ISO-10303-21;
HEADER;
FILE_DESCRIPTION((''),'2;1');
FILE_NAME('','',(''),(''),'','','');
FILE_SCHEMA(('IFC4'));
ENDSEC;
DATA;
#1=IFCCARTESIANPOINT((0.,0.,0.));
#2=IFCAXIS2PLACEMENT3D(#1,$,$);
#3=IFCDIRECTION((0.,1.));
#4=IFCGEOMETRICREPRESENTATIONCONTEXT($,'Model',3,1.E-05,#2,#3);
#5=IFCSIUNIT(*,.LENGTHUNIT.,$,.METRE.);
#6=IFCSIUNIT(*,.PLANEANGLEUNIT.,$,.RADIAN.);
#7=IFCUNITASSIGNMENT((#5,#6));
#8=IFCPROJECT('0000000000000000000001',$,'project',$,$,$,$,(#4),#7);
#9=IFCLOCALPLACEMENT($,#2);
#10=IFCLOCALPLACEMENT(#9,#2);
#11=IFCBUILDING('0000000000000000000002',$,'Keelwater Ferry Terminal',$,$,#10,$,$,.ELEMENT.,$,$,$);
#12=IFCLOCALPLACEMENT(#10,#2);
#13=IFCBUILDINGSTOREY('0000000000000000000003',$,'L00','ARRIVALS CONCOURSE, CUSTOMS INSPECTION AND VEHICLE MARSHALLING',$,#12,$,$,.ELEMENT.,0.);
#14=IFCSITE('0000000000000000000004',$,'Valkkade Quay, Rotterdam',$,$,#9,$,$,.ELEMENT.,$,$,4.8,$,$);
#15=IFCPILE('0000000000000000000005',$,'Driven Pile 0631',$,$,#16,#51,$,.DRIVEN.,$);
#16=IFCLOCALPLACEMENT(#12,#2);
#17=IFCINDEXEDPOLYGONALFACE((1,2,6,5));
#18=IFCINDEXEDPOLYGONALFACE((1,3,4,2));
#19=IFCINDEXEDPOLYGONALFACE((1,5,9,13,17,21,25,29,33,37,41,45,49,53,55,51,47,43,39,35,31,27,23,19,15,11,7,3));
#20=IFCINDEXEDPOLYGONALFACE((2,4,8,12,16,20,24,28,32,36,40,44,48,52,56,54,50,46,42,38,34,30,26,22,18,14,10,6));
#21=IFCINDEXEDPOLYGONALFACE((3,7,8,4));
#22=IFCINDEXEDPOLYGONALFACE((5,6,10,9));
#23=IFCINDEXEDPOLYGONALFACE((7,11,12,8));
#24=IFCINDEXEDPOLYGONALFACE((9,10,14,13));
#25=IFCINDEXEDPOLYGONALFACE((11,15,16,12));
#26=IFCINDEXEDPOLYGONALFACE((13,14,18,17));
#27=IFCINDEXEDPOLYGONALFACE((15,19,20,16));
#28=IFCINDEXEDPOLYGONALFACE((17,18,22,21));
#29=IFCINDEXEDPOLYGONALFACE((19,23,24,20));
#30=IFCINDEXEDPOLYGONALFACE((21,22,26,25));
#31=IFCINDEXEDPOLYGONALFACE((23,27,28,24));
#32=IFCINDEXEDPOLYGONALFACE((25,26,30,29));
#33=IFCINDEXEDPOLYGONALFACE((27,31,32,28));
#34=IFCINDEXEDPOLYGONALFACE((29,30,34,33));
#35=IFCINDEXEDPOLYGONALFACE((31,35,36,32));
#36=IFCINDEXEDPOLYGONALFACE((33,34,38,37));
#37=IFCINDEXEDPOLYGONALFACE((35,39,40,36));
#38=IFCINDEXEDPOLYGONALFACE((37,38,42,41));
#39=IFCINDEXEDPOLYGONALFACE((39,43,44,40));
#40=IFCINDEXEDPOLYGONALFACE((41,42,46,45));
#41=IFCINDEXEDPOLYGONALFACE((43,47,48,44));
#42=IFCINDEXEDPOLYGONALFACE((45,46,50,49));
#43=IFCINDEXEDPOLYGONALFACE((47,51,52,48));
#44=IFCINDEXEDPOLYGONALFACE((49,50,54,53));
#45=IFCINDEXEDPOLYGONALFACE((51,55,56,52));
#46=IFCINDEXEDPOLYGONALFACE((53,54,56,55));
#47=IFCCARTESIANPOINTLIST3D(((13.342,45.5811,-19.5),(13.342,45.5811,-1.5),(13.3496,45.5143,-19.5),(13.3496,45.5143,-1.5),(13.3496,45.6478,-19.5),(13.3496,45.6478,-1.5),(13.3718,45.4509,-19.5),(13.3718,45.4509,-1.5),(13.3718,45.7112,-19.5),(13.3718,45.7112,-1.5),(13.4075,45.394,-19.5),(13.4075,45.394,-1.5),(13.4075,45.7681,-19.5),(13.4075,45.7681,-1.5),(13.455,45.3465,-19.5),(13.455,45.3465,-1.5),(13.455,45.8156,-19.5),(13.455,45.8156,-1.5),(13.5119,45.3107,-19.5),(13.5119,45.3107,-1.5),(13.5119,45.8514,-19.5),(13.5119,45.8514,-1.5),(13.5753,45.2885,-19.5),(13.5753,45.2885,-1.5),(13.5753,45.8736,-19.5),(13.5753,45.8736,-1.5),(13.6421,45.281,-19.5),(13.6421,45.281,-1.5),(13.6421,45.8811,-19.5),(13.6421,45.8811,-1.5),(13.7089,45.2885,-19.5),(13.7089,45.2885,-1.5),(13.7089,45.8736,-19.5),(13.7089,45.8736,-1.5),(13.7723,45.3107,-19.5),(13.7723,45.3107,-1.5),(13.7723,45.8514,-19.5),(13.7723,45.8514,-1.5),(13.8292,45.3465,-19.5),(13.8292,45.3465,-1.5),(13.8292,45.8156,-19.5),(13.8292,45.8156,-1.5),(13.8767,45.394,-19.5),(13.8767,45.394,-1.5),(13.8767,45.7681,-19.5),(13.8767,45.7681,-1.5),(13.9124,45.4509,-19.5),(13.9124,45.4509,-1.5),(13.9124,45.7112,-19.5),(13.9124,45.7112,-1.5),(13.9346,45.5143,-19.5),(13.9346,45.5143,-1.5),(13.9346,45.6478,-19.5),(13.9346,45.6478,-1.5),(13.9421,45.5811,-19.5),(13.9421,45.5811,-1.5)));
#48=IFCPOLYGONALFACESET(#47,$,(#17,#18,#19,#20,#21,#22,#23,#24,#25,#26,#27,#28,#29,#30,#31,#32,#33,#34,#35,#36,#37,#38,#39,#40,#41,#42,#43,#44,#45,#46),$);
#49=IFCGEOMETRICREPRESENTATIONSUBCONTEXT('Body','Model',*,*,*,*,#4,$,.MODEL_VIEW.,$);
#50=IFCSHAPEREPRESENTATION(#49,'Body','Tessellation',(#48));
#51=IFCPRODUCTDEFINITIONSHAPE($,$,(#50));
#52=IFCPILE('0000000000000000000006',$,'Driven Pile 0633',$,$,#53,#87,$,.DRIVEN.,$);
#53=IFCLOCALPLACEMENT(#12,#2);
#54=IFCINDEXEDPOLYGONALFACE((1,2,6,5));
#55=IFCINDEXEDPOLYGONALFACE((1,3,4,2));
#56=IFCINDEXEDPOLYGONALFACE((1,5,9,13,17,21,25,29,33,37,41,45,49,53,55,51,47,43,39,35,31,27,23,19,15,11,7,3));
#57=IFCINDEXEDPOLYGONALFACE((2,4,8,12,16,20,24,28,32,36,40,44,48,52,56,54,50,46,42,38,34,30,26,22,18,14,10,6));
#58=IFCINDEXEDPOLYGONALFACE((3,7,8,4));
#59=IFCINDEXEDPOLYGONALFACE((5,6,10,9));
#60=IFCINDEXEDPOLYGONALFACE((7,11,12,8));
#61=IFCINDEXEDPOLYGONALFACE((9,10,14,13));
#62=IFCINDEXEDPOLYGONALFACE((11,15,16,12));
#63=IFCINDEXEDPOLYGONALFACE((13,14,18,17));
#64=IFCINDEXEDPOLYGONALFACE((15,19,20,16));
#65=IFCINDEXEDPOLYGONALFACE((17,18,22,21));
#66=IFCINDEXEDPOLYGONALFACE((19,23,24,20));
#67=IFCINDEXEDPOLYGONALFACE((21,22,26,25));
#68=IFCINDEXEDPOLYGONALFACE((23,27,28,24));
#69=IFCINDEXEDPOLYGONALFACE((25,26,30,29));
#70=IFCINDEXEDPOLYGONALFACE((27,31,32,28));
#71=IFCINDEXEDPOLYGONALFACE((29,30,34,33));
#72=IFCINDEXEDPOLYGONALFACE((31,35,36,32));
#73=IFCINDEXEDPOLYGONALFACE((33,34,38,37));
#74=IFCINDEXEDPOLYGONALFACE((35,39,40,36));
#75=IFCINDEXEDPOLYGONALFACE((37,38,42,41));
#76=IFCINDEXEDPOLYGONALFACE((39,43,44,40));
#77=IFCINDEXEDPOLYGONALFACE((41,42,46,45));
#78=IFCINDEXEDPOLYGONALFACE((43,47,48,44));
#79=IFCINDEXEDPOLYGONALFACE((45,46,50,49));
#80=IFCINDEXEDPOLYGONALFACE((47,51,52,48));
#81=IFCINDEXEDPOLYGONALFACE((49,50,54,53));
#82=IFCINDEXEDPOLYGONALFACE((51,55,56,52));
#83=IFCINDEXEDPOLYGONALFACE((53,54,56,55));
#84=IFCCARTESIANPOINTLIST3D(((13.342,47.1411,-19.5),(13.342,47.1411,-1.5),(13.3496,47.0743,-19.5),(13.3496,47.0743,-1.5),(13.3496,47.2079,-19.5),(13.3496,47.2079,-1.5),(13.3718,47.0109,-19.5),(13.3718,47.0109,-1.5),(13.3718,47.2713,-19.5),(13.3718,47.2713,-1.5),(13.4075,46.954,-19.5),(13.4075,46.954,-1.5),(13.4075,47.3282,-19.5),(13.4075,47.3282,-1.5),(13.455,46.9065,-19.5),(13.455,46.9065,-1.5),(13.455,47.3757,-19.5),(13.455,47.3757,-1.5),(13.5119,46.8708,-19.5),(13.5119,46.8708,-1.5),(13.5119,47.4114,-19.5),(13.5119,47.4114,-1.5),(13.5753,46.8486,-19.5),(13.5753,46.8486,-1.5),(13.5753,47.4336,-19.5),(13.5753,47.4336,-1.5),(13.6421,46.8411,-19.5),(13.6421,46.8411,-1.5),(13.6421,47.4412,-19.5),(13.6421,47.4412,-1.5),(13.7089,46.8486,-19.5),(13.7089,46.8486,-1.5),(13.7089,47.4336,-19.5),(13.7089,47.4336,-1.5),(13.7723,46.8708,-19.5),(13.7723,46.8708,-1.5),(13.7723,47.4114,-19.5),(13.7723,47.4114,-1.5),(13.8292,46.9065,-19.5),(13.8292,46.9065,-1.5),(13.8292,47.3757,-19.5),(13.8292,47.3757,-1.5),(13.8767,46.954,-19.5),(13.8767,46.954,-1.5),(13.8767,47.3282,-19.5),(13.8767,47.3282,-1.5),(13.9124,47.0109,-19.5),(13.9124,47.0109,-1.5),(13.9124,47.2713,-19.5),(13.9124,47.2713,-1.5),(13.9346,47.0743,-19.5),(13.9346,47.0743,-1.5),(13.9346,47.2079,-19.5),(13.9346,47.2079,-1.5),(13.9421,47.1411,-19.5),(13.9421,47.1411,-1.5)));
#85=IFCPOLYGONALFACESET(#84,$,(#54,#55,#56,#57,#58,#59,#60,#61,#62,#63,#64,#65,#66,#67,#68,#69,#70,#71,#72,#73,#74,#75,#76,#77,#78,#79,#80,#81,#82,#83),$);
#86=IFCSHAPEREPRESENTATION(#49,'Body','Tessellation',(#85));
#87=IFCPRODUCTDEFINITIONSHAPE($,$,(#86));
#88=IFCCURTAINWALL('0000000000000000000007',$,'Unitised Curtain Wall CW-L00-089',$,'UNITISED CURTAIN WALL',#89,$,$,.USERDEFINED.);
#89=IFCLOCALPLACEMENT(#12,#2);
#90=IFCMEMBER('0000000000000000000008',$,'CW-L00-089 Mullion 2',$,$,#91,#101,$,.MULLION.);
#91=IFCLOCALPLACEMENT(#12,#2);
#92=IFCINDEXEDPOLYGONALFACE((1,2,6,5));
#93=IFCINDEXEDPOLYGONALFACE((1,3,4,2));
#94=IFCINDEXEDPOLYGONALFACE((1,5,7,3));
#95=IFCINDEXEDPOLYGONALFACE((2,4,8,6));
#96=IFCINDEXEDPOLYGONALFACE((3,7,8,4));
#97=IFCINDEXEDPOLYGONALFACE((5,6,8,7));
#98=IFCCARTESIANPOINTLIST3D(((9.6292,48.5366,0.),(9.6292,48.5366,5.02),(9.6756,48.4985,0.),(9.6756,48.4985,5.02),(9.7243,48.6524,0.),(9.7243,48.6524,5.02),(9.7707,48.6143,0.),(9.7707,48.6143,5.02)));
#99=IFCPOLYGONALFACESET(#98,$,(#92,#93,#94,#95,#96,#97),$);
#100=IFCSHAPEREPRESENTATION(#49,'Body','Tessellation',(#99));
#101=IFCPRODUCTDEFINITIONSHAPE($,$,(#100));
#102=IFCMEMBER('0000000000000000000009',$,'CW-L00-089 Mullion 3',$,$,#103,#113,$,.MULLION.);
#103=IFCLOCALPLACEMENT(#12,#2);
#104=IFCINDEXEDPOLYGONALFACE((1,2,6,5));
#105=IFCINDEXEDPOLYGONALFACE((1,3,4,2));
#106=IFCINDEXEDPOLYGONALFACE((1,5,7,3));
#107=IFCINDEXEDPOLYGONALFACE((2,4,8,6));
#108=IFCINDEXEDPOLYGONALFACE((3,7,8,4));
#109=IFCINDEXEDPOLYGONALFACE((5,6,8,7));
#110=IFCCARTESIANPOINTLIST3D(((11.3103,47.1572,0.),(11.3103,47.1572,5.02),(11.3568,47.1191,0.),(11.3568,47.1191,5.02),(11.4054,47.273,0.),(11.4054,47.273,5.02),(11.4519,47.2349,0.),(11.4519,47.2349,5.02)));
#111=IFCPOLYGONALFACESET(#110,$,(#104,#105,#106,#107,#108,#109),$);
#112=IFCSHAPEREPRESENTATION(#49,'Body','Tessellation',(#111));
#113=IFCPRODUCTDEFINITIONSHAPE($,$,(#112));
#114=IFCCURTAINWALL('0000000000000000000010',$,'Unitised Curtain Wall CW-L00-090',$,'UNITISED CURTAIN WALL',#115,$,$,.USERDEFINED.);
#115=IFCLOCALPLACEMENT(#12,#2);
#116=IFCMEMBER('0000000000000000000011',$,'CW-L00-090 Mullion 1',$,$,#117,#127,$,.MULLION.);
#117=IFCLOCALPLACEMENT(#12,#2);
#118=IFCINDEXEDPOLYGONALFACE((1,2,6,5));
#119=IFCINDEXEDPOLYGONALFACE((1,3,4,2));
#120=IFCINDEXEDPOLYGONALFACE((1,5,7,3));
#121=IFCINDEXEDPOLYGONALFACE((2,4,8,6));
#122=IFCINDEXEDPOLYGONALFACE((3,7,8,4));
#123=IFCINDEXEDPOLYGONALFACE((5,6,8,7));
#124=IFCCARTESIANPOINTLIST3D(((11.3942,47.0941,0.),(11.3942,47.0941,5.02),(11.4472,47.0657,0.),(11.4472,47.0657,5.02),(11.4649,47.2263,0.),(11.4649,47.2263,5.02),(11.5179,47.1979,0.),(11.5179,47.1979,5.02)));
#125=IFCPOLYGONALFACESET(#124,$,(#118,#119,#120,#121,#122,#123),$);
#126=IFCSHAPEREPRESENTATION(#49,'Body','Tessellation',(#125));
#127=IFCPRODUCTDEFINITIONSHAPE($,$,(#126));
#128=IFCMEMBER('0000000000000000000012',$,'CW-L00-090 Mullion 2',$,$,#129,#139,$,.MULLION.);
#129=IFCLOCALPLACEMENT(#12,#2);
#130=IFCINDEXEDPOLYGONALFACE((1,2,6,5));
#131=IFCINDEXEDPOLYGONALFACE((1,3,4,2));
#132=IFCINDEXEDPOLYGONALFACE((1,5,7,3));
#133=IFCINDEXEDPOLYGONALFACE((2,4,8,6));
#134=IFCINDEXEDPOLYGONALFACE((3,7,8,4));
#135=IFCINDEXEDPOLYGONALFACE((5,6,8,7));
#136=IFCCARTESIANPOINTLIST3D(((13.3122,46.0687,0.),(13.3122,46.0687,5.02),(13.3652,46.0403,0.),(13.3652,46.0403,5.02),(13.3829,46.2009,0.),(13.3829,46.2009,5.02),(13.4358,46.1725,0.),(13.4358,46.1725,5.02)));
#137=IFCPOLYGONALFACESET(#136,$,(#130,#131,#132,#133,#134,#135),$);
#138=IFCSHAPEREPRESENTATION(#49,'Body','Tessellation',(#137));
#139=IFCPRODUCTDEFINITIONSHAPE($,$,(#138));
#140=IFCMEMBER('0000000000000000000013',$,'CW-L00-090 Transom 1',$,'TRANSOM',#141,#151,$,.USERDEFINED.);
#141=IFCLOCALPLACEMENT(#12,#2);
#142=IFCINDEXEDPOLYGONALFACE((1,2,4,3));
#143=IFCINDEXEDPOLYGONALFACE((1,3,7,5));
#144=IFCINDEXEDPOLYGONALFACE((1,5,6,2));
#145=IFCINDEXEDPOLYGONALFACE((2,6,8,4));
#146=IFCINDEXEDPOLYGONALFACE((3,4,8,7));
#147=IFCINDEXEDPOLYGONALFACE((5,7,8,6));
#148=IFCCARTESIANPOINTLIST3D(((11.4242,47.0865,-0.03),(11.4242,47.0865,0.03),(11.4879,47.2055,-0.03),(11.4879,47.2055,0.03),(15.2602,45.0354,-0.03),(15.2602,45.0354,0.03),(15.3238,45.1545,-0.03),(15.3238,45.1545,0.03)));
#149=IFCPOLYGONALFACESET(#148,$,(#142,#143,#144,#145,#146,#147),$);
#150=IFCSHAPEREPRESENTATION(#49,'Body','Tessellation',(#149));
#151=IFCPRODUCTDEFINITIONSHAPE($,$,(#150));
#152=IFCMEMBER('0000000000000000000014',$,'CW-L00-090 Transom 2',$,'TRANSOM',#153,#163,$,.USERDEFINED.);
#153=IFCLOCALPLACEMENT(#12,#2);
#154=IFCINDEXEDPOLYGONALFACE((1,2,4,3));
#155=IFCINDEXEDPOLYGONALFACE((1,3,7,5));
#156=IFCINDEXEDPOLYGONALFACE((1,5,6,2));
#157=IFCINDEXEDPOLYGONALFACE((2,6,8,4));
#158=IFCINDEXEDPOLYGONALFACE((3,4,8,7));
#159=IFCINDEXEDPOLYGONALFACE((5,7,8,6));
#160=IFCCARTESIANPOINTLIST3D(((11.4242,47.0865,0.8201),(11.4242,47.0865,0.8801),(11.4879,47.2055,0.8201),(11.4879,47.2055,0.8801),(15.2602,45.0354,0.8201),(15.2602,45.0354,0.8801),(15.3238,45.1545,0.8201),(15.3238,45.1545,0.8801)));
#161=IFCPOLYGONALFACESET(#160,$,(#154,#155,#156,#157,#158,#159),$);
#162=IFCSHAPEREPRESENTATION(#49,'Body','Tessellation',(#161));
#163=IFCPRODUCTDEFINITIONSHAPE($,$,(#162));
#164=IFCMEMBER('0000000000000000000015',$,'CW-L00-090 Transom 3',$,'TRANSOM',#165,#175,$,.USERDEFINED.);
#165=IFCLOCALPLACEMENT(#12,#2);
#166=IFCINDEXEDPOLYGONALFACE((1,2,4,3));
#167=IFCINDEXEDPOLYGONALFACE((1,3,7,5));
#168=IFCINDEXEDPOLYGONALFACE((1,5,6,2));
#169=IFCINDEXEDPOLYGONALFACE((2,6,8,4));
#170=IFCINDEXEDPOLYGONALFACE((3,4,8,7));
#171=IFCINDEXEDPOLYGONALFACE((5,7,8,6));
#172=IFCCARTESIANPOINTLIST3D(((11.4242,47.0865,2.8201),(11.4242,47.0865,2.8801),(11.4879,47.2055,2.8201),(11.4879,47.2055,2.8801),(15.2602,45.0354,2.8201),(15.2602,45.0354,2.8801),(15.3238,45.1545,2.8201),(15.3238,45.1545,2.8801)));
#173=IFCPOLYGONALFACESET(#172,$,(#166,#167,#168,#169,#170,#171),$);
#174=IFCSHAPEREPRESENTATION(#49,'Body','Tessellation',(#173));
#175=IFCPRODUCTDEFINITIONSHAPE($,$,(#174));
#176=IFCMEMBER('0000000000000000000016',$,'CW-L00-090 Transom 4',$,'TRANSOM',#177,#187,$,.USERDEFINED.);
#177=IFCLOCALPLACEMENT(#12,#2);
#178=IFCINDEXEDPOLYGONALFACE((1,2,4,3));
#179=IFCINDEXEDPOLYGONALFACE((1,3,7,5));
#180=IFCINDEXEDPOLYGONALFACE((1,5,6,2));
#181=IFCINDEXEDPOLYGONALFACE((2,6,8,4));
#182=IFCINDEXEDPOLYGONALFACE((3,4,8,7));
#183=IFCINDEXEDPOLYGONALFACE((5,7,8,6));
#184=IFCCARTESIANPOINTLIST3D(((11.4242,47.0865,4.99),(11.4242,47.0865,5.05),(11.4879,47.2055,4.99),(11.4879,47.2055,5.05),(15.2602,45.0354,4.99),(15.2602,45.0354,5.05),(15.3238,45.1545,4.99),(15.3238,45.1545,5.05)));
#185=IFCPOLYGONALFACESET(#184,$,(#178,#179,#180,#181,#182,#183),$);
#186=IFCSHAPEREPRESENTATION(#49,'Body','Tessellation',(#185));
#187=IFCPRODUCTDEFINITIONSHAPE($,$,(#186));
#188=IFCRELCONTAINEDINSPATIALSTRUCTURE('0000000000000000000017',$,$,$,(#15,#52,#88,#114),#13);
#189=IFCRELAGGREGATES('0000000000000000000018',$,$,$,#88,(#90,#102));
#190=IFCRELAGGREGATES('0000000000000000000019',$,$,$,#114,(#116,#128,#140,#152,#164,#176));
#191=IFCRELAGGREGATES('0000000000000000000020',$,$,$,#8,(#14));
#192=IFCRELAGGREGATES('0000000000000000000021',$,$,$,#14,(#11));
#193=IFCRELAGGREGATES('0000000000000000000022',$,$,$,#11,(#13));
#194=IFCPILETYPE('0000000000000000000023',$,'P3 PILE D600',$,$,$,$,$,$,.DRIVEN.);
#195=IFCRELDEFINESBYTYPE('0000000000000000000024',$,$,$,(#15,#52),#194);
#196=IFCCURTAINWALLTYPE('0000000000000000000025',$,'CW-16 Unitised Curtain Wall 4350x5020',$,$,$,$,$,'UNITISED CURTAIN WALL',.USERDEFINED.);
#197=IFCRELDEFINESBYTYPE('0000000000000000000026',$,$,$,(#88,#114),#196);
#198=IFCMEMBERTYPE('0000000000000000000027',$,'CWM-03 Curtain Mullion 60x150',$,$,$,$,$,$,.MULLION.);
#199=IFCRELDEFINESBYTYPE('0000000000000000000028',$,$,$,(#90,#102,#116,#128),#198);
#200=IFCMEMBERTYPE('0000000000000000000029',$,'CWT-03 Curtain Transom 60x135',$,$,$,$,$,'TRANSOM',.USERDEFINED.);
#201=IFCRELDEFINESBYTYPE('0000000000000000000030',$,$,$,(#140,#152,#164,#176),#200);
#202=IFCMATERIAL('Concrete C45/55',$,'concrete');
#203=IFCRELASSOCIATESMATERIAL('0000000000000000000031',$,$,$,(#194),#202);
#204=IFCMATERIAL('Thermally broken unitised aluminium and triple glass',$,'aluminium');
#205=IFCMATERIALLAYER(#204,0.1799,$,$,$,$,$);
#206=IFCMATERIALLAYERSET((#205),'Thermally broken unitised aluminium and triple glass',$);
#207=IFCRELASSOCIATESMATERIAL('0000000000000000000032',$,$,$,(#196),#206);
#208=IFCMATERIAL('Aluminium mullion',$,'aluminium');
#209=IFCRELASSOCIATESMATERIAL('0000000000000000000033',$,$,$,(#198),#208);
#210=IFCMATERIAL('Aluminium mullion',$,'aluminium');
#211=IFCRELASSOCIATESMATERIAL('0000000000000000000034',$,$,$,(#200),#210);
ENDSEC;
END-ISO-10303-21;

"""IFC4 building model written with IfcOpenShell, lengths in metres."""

from ifc_helpers import new_model, si_unit, direction, frame, origin, origin_2d, place, context, subcontext, project, spatial, rectangle, circle, extrude, material, layer, layer_set, material_profile, profile_set, type_object, element, aggregate, save


model = new_model("IFC4")

# Units and contexts
model_context = context("Model", 3, precision=1e-05, world=origin(), true_north=direction((0.0, 1.0)))
body_context = subcontext(model_context, "Body", "Model", "MODEL_VIEW")
ifc_project = project(units=[si_unit("LENGTHUNIT", "METRE"), si_unit("PLANEANGLEUNIT", "RADIAN")], contexts=[model_context])

# Site, building, storey
site_placement = place(None, origin())
site = spatial("IfcSite", under=ifc_project, at=site_placement, Name="Valkkade Quay, Rotterdam", CompositionType="ELEMENT", RefElevation=4.8)
building_placement = place(site_placement, origin())
building = spatial("IfcBuilding", under=site, at=building_placement, Name="Keelwater Ferry Terminal", CompositionType="ELEMENT")
storey_placement = place(building_placement, origin())
storey = spatial("IfcBuildingStorey", under=building, at=storey_placement, Name="L00", Description="ARRIVALS CONCOURSE, CUSTOMS INSPECTION AND VEHICLE MARSHALLING", CompositionType="ELEMENT", Elevation=0.0)

# Piles
ifc_material_1 = material(Name="Concrete C45/55", Category="concrete")
ifc_material_profile_1 = material_profile(ifc_material_1, circle(Radius=0.3, at=origin_2d()), Name="PILE D600")
ifc_profile_set_1 = profile_set([ifc_material_profile_1], Name="Concrete C45/55")
pile_type = type_object("IfcPileType", Name="P3 PILE D600", PredefinedType="DRIVEN", material=ifc_profile_set_1)
for number, where, z_axis, x_axis, name in (
    (1, (13.6421, 45.5811, -1.5), (0.0, 0.0, -1.0), (1.0, 0.0, 0.0), "Driven Pile 0631"),
    (2, (13.6421, 47.1411, -1.5), (0.0, 0.0, -1.0), (1.0, 0.0, 0.0), "Driven Pile 0633"),
):
    element("IfcPile", number, at=place(storey_placement, frame(where, z_axis=z_axis, x_axis=x_axis)), inside=storey, type_object=pile_type, Name=name, PredefinedType="DRIVEN", context=body_context, shape_type="SweptSolid", body=[
        extrude(circle(Radius=0.3, at=origin_2d()), origin(), (0.0, 0.0, 1.0), 18.0),
    ])

# Curtain walls, members
ifc_material_2 = material(Name="Thermally broken unitised aluminium and triple glass", Category="aluminium")
ifc_layer_1 = layer(ifc_material_2, 0.1799)
ifc_layer_set_1 = layer_set([ifc_layer_1], Name="Thermally broken unitised aluminium and triple glass")
curtain_wall_type = type_object("IfcCurtainWallType", Name="CW-16 Unitised Curtain Wall 4350x5020", ElementType="UNITISED CURTAIN WALL", PredefinedType="USERDEFINED", material=ifc_layer_set_1)
curtain_wall_1_placement = place(storey_placement, origin())
curtain_wall_1 = element("IfcCurtainWall", 3, at=curtain_wall_1_placement, inside=storey, type_object=curtain_wall_type, Name="Unitised Curtain Wall CW-L00-089", ObjectType="UNITISED CURTAIN WALL", PredefinedType="USERDEFINED")
ifc_material_3 = material(Name="Aluminium mullion", Category="aluminium")
ifc_material_profile_2 = material_profile(ifc_material_3, rectangle(XDim=0.0601, YDim=0.1499, at=origin_2d()), Name="CWM-03")
ifc_profile_set_2 = profile_set([ifc_material_profile_2], Name="Aluminium mullion")
member_type_1 = type_object("IfcMemberType", Name="CWM-03 Curtain Mullion 60x150", PredefinedType="MULLION", material=ifc_profile_set_2)
member_1_placement = place(storey_placement, frame((9.7, 48.5754, 0.0), z_axis=(0.0, 0.0, 1.0), x_axis=(0.773024, -0.634377, 0.0)))
member_1 = element("IfcMember", 4, at=member_1_placement, type_object=member_type_1, Name="CW-L00-089 Mullion 2", PredefinedType="MULLION", context=body_context, shape_type="SweptSolid", body=[
    extrude(rectangle(XDim=0.0601, YDim=0.1499, at=origin_2d()), origin(), (0.0, 0.0, 1.0), 5.02),
])
member_2_placement = place(storey_placement, frame((11.3811, 47.196, 0.0), z_axis=(0.0, 0.0, 1.0), x_axis=(0.773024, -0.634377, 0.0)))
member_2 = element("IfcMember", 5, at=member_2_placement, type_object=member_type_1, Name="CW-L00-089 Mullion 3", PredefinedType="MULLION", context=body_context, shape_type="SweptSolid", body=[
    extrude(rectangle(XDim=0.0601, YDim=0.1499, at=origin_2d()), origin(), (0.0, 0.0, 1.0), 5.02),
])
curtain_wall_2_placement = place(storey_placement, origin())
curtain_wall_2 = element("IfcCurtainWall", 6, at=curtain_wall_2_placement, inside=storey, type_object=curtain_wall_type, Name="Unitised Curtain Wall CW-L00-090", ObjectType="UNITISED CURTAIN WALL", PredefinedType="USERDEFINED")
member_3_placement = place(storey_placement, frame((11.4561, 47.146, 0.0), z_axis=(0.0, 0.0, 1.0), x_axis=(0.881862, -0.471507, 0.0)))
member_3 = element("IfcMember", 7, at=member_3_placement, type_object=member_type_1, Name="CW-L00-090 Mullion 1", PredefinedType="MULLION", context=body_context, shape_type="SweptSolid", body=[
    extrude(rectangle(XDim=0.0601, YDim=0.1499, at=origin_2d()), origin(), (0.0, 0.0, 1.0), 5.02),
])
member_4_placement = place(storey_placement, frame((13.374, 46.1206, 0.0), z_axis=(0.0, 0.0, 1.0), x_axis=(0.881862, -0.471507, 0.0)))
member_4 = element("IfcMember", 8, at=member_4_placement, type_object=member_type_1, Name="CW-L00-090 Mullion 2", PredefinedType="MULLION", context=body_context, shape_type="SweptSolid", body=[
    extrude(rectangle(XDim=0.0601, YDim=0.1499, at=origin_2d()), origin(), (0.0, 0.0, 1.0), 5.02),
])
ifc_material_4 = material(Name="Aluminium mullion", Category="aluminium")
ifc_material_profile_3 = material_profile(ifc_material_4, rectangle(XDim=0.135, YDim=0.0601, at=origin_2d()), Name="CWT-03")
ifc_profile_set_3 = profile_set([ifc_material_profile_3], Name="Aluminium mullion")
member_type_2 = type_object("IfcMemberType", Name="CWT-03 Curtain Transom 60x135", ElementType="TRANSOM", PredefinedType="USERDEFINED", material=ifc_profile_set_3)
member_5_placement = place(storey_placement, frame((11.4561, 47.146, 0.0), z_axis=(0.881857, -0.471517, 0.0), x_axis=(0.471517, 0.881857, 0.0)))
member_5 = element("IfcMember", 9, at=member_5_placement, type_object=member_type_2, Name="CW-L00-090 Transom 1", ObjectType="TRANSOM", PredefinedType="USERDEFINED", context=body_context, shape_type="SweptSolid", body=[
    extrude(rectangle(XDim=0.135, YDim=0.0601, at=origin_2d()), origin(), (0.0, 0.0, 1.0), 4.3499),
])
member_6_placement = place(storey_placement, frame((11.4561, 47.146, 0.8501), z_axis=(0.881857, -0.471517, 0.0), x_axis=(0.471517, 0.881857, 0.0)))
member_6 = element("IfcMember", 10, at=member_6_placement, type_object=member_type_2, Name="CW-L00-090 Transom 2", ObjectType="TRANSOM", PredefinedType="USERDEFINED", context=body_context, shape_type="SweptSolid", body=[
    extrude(rectangle(XDim=0.135, YDim=0.0601, at=origin_2d()), origin(), (0.0, 0.0, 1.0), 4.3499),
])
member_7_placement = place(storey_placement, frame((11.4561, 47.146, 2.8501), z_axis=(0.881857, -0.471517, 0.0), x_axis=(0.471517, 0.881857, 0.0)))
member_7 = element("IfcMember", 11, at=member_7_placement, type_object=member_type_2, Name="CW-L00-090 Transom 3", ObjectType="TRANSOM", PredefinedType="USERDEFINED", context=body_context, shape_type="SweptSolid", body=[
    extrude(rectangle(XDim=0.135, YDim=0.0601, at=origin_2d()), origin(), (0.0, 0.0, 1.0), 4.3499),
])
member_8_placement = place(storey_placement, frame((11.4561, 47.146, 5.02), z_axis=(0.881857, -0.471517, 0.0), x_axis=(0.471517, 0.881857, 0.0)))
member_8 = element("IfcMember", 12, at=member_8_placement, type_object=member_type_2, Name="CW-L00-090 Transom 4", ObjectType="TRANSOM", PredefinedType="USERDEFINED", context=body_context, shape_type="SweptSolid", body=[
    extrude(rectangle(XDim=0.135, YDim=0.0601, at=origin_2d()), origin(), (0.0, 0.0, 1.0), 4.3499),
])

aggregate(curtain_wall_1, [member_1, member_2])
aggregate(curtain_wall_2, [member_3, member_4, member_5, member_6, member_7, member_8])

save(model, "model.ifc")
